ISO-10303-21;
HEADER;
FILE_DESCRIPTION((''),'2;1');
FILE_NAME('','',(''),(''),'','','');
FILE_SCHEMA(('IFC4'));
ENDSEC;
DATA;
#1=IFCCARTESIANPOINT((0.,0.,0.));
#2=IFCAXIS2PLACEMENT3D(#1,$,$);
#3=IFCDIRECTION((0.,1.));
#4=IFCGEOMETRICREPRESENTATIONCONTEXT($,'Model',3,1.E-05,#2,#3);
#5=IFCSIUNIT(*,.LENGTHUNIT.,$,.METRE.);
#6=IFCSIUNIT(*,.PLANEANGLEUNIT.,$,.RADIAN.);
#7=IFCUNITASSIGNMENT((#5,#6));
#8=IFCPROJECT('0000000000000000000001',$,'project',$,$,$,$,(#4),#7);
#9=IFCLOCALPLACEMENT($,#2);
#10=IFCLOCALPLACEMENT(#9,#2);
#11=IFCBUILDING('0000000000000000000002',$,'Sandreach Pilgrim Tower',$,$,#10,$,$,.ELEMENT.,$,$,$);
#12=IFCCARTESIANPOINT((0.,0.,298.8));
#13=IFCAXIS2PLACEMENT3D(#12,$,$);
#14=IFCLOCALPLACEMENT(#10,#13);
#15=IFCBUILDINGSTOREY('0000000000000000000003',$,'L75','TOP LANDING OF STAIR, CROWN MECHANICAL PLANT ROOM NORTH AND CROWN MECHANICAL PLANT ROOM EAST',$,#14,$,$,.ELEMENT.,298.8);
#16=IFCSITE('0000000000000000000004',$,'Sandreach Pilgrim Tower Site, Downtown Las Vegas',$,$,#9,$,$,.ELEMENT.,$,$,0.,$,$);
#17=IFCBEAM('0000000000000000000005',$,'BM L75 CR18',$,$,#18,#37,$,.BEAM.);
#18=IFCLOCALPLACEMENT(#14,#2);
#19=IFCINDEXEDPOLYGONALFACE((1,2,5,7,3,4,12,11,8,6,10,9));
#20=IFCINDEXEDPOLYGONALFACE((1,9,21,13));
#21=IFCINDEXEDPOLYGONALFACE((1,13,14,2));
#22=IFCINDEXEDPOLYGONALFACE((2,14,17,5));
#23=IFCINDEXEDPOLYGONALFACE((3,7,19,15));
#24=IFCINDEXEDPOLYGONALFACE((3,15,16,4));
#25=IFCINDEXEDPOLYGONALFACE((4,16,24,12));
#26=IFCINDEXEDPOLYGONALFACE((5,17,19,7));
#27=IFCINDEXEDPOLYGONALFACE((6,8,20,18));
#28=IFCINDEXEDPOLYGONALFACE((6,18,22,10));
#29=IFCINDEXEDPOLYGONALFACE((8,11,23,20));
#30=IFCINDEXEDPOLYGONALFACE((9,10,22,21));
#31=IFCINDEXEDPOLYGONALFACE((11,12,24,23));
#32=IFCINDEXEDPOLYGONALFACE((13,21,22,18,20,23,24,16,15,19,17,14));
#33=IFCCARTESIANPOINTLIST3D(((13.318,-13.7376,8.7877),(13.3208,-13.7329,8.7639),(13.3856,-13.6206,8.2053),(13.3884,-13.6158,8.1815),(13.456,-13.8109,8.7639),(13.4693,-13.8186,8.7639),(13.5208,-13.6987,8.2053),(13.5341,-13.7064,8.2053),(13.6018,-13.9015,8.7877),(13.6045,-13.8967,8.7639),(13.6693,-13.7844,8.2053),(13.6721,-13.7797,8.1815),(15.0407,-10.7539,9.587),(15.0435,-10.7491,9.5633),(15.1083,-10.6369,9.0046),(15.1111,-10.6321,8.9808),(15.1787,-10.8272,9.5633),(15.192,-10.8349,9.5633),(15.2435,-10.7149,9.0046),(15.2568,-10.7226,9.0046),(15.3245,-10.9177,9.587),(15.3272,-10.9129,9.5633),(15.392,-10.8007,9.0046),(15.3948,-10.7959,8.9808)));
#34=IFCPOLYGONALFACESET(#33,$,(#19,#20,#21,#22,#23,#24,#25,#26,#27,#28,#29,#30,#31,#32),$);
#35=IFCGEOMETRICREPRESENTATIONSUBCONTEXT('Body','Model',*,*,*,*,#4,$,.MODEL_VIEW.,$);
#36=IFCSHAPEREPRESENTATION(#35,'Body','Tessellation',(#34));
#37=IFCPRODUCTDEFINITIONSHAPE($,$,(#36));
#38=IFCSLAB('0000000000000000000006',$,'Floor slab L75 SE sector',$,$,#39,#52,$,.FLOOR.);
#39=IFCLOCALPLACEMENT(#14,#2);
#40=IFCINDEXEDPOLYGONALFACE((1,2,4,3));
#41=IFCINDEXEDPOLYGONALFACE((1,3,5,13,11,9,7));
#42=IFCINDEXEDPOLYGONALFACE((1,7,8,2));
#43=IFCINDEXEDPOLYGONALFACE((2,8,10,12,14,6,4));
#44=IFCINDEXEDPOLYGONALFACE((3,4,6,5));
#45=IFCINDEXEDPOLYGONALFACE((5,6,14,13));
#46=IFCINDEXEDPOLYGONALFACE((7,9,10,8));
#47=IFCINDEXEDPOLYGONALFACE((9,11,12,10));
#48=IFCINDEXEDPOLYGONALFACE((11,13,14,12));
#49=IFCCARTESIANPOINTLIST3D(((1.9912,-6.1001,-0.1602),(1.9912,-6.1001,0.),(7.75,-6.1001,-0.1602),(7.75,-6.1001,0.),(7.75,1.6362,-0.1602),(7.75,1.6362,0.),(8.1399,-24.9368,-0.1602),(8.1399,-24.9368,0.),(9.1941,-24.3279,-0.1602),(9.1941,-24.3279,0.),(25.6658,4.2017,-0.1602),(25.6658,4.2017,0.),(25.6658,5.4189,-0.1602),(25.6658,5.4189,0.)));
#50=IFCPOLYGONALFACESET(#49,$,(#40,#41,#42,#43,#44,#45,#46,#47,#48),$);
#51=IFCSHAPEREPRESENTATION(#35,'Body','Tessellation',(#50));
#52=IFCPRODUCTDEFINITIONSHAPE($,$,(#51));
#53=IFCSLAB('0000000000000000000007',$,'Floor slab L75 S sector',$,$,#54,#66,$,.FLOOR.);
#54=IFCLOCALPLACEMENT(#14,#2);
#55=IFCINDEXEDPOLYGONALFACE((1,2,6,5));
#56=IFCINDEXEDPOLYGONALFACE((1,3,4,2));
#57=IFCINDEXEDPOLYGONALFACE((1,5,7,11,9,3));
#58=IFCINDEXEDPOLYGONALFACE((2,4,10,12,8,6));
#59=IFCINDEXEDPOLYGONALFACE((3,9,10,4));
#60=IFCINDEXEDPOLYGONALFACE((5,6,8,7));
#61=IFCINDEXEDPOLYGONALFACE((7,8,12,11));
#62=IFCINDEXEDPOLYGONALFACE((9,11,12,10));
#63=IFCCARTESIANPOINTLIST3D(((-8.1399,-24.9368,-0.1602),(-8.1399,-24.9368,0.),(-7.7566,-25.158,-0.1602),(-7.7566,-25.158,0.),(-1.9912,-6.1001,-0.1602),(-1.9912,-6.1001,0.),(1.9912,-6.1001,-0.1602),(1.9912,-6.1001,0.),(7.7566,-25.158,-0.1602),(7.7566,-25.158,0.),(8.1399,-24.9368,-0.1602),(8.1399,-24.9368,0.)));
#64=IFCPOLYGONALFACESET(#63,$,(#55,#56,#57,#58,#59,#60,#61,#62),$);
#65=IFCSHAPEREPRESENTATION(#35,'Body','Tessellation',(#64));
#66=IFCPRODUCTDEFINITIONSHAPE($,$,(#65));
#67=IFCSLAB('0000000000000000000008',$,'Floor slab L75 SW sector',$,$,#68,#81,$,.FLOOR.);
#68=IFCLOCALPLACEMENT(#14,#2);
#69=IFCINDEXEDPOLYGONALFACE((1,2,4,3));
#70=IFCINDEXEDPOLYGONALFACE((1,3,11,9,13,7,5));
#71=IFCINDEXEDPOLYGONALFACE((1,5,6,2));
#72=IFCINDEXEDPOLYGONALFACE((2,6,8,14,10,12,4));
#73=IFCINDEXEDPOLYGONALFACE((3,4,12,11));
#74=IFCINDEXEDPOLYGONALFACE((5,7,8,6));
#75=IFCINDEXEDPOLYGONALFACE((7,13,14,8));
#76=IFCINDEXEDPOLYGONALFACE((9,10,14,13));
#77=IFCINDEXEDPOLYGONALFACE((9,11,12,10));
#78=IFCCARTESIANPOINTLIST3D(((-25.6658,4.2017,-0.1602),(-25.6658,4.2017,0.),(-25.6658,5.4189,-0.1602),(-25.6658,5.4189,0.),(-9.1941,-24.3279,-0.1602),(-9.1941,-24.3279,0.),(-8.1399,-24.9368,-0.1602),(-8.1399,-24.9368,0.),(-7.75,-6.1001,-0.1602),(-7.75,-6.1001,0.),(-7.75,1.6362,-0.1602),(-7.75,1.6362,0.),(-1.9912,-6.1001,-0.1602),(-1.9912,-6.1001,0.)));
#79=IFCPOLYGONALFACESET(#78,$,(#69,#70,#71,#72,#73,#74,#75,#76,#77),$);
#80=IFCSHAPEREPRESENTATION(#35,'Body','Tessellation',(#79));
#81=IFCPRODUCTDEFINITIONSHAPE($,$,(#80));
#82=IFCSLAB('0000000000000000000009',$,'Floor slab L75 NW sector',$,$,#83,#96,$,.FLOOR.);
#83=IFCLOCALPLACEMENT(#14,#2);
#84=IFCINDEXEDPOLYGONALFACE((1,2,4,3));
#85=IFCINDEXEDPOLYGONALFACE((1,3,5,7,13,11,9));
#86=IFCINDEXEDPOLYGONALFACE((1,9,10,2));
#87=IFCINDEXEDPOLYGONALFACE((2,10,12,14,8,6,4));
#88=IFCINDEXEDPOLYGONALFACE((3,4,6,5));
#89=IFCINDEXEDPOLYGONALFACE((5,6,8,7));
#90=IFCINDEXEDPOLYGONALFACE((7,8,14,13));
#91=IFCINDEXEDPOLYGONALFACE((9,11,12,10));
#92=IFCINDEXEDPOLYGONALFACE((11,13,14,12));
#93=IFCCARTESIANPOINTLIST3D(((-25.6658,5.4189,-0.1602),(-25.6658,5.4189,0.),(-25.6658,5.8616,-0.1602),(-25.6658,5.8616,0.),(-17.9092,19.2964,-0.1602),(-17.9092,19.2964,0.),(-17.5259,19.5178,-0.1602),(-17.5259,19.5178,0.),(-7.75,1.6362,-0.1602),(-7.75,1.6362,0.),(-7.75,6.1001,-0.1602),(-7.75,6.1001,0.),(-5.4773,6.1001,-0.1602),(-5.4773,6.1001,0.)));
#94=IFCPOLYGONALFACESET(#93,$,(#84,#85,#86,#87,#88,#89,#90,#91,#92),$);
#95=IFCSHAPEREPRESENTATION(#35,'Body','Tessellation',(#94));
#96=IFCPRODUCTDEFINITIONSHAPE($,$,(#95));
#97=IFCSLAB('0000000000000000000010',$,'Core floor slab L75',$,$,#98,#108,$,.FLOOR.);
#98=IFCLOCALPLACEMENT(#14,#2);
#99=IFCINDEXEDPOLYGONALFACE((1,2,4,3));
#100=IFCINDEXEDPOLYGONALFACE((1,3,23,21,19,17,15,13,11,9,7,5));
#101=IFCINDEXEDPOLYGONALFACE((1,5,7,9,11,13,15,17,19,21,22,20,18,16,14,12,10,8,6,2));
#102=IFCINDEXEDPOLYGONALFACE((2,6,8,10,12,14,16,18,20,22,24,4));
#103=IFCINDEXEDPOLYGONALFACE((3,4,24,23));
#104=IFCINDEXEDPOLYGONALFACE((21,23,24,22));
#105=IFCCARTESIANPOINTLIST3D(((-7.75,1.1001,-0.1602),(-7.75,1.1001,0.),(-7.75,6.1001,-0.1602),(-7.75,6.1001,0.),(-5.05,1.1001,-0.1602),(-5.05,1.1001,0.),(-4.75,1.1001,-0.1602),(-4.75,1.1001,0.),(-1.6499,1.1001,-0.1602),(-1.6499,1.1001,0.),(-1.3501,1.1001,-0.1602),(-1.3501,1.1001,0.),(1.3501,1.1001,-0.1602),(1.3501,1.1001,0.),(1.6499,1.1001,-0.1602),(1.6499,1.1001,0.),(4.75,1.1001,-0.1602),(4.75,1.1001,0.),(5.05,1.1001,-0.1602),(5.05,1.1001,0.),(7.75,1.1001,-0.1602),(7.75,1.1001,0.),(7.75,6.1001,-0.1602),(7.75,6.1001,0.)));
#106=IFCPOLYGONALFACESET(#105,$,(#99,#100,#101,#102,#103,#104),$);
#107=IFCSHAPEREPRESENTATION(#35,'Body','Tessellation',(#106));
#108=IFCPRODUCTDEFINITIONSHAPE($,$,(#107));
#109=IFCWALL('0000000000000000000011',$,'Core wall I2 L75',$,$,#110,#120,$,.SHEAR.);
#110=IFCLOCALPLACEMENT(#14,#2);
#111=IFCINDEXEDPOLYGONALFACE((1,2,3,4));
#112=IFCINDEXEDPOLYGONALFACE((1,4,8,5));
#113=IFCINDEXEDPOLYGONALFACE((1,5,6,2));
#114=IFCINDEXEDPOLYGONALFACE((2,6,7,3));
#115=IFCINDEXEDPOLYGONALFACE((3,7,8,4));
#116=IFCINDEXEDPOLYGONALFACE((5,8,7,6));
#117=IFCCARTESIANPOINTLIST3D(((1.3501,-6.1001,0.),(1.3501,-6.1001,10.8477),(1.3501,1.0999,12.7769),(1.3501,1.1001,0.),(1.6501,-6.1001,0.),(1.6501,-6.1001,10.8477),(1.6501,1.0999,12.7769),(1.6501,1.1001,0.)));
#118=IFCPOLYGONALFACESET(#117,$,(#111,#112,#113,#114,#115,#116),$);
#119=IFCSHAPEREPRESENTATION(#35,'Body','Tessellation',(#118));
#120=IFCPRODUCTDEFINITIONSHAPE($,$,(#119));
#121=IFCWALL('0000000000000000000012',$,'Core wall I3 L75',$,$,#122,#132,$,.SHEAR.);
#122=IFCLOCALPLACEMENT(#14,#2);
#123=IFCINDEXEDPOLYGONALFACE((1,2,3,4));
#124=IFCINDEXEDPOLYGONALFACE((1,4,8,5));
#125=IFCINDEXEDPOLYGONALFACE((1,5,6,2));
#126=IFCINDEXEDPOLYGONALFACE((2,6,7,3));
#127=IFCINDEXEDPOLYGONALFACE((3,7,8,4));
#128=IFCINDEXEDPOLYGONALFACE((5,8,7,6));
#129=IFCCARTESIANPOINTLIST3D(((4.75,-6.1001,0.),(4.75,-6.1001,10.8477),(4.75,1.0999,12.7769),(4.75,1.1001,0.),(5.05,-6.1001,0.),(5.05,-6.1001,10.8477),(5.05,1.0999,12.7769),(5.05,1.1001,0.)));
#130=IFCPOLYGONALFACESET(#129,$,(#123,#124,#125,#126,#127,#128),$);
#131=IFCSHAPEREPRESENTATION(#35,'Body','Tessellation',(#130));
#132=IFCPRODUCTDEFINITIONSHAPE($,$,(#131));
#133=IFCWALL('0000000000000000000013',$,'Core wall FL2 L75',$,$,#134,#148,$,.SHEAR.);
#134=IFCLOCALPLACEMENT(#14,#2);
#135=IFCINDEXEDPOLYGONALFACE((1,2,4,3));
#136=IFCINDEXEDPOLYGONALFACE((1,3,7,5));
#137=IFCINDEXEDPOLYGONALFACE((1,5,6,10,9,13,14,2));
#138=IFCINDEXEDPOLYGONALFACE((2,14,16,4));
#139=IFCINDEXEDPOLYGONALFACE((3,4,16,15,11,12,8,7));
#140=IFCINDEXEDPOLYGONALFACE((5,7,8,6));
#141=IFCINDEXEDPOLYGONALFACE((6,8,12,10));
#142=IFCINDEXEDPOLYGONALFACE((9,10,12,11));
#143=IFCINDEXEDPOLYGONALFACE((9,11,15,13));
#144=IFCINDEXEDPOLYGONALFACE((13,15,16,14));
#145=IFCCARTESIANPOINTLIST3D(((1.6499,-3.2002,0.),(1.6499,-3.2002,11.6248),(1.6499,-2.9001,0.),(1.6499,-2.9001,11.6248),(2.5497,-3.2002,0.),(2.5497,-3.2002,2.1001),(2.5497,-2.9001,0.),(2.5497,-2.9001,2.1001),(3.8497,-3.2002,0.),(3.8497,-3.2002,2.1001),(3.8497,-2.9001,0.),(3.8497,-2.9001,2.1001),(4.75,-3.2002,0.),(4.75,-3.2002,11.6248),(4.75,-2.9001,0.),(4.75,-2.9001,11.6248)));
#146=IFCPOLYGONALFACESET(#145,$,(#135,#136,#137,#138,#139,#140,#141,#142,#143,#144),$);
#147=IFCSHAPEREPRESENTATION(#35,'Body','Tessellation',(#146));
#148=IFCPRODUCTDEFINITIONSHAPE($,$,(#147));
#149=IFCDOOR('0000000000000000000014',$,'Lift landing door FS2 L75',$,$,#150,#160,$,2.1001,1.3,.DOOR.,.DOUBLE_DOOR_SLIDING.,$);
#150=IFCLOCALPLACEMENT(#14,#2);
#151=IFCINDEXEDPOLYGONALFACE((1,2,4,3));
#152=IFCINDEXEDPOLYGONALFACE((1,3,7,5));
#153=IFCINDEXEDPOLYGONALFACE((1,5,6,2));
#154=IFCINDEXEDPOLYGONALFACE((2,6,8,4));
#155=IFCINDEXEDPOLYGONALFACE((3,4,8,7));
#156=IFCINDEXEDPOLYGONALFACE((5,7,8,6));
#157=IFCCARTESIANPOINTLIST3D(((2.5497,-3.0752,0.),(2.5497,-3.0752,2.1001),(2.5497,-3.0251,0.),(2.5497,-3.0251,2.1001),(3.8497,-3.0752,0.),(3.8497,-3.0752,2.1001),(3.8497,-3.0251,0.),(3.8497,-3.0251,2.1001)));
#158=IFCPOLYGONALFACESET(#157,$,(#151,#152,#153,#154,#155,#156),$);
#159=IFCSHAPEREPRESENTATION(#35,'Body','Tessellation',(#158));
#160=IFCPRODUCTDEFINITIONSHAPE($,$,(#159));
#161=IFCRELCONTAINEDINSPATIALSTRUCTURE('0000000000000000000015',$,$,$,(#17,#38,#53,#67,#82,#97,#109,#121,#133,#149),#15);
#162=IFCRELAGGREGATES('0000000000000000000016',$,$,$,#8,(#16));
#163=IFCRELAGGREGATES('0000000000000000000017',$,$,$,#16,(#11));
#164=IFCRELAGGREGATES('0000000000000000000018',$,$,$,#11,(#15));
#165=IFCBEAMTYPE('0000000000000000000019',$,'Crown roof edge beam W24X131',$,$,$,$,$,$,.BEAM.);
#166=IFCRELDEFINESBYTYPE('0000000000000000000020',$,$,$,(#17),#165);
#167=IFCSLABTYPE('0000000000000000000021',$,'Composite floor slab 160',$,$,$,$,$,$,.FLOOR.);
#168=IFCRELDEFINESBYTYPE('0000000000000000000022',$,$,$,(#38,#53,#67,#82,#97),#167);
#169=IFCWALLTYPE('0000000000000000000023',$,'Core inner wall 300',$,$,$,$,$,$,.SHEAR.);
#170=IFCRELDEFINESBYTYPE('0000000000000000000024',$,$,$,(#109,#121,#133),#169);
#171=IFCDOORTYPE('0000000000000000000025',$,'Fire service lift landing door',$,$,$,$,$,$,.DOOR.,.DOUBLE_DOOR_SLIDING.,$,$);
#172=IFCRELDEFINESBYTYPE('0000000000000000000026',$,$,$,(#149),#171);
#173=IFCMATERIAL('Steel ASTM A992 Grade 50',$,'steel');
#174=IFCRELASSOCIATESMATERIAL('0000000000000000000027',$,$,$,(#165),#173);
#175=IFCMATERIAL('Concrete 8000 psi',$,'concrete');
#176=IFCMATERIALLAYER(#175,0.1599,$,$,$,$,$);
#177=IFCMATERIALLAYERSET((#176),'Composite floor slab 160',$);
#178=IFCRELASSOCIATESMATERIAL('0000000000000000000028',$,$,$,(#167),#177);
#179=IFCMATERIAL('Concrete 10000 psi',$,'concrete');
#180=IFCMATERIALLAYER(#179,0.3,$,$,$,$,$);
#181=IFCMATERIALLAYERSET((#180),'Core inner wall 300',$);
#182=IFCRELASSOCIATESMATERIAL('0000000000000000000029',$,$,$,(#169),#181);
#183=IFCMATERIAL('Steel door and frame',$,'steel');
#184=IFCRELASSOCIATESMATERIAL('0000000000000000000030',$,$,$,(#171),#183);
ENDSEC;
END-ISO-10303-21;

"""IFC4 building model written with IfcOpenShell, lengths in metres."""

from ifc_helpers import new_model, si_unit, direction, frame, frame_2d, origin, origin_2d, place, context, subcontext, project, spatial, polyline, rectangle, i_section, outline, extrude, material, layer, layer_set, material_profile, profile_set, type_object, element, fill, save


model = new_model("IFC4")

# Units and contexts
model_context = context("Model", 3, precision=1e-05, world=origin(), true_north=direction((0.0, 1.0)))
body_context = subcontext(model_context, "Body", "Model", "MODEL_VIEW")
ifc_project = project(units=[si_unit("LENGTHUNIT", "METRE"), si_unit("PLANEANGLEUNIT", "RADIAN")], contexts=[model_context])

# Site, building, storey
site_placement = place(None, origin())
site = spatial("IfcSite", under=ifc_project, at=site_placement, Name="Sandreach Pilgrim Tower Site, Downtown Las Vegas", CompositionType="ELEMENT", RefElevation=0.0)
building_placement = place(site_placement, origin())
building = spatial("IfcBuilding", under=site, at=building_placement, Name="Sandreach Pilgrim Tower", CompositionType="ELEMENT")
storey_placement = place(building_placement, frame((0.0, 0.0, 298.8)))
storey = spatial("IfcBuildingStorey", under=building, at=storey_placement, Name="L75", Description="TOP LANDING OF STAIR, CROWN MECHANICAL PLANT ROOM NORTH AND CROWN MECHANICAL PLANT ROOM EAST", CompositionType="ELEMENT", Elevation=298.8)

# Beam
ifc_material_1 = material(Name="Steel ASTM A992 Grade 50", Category="steel")
ifc_material_profile_1 = material_profile(ifc_material_1, i_section(OverallWidth=0.3276, OverallDepth=0.6223, WebThickness=0.0154, FlangeThickness=0.0244, at=origin_2d()), Name="W24X131")
ifc_profile_set_1 = profile_set([ifc_material_profile_1], Name="Steel ASTM A992 Grade 50")
beam_type_1 = type_object("IfcBeamType", Name="Crown roof edge beam W24X131", PredefinedType="BEAM", material=ifc_profile_set_1)
beam_1_placement = place(storey_placement, frame((15.2178, -10.7749, 9.2839), z_axis=(-0.487074, -0.843612, -0.226003), x_axis=(0.866019, -0.500011, 0.0)))
element("IfcBeam", 1, at=beam_1_placement, inside=storey, type_object=beam_type_1, Name="BM L75 CR18", PredefinedType="BEAM", context=body_context, shape_type="SweptSolid", body=[
    extrude(i_section(OverallWidth=0.3276, OverallDepth=0.6223, WebThickness=0.0154, FlangeThickness=0.0244, at=origin_2d()), origin(), (0.0, 0.0, 1.0), 3.5369),
])

# Slabs
ifc_material_2 = material(Name="Concrete 8000 psi", Category="concrete")
ifc_layer_1 = layer(ifc_material_2, 0.1599)
ifc_layer_set_1 = layer_set([ifc_layer_1], Name="Composite floor slab 160")
slab_type = type_object("IfcSlabType", Name="Composite floor slab 160", PredefinedType="FLOOR", material=ifc_layer_set_1)
slab_1_placement = place(storey_placement, frame((0.0, 0.0, -0.1602)))
element("IfcSlab", 2, at=slab_1_placement, inside=storey, type_object=slab_type, Name="Floor slab L75 SE sector", PredefinedType="FLOOR", context=body_context, shape_type="SweptSolid", body=[
    extrude(outline(polyline([(25.6658, 4.2017), (9.1941, -24.3279), (8.1399, -24.9368), (1.9912, -6.1001), (7.75, -6.1001), (7.75, 1.6362), (25.6658, 5.4189), (25.6658, 4.2017)])), origin(), (0.0, 0.0, 1.0), 0.1602),
])
slab_2_placement = place(storey_placement, frame((0.0, 0.0, -0.1602)))
element("IfcSlab", 3, at=slab_2_placement, inside=storey, type_object=slab_type, Name="Floor slab L75 S sector", PredefinedType="FLOOR", context=body_context, shape_type="SweptSolid", body=[
    extrude(outline(polyline([(7.7566, -25.158), (-7.7566, -25.158), (-8.1399, -24.9368), (-1.9912, -6.1001), (1.9912, -6.1001), (8.1399, -24.9368), (7.7566, -25.158)])), origin(), (0.0, 0.0, 1.0), 0.1602),
])
slab_3_placement = place(storey_placement, frame((0.0, 0.0, -0.1602)))
element("IfcSlab", 4, at=slab_3_placement, inside=storey, type_object=slab_type, Name="Floor slab L75 SW sector", PredefinedType="FLOOR", context=body_context, shape_type="SweptSolid", body=[
    extrude(outline(polyline([(-9.1941, -24.3279), (-25.6658, 4.2017), (-25.6658, 5.4189), (-7.75, 1.6362), (-7.75, -6.1001), (-1.9912, -6.1001), (-8.1399, -24.9368), (-9.1941, -24.3279)])), origin(), (0.0, 0.0, 1.0), 0.1602),
])
slab_4_placement = place(storey_placement, frame((0.0, 0.0, -0.1602)))
element("IfcSlab", 5, at=slab_4_placement, inside=storey, type_object=slab_type, Name="Floor slab L75 NW sector", PredefinedType="FLOOR", context=body_context, shape_type="SweptSolid", body=[
    extrude(outline(polyline([(-25.6658, 5.8616), (-17.9092, 19.2964), (-17.5259, 19.5178), (-5.4773, 6.1001), (-7.75, 6.1001), (-7.75, 1.6362), (-25.6658, 5.4189), (-25.6658, 5.8616)])), origin(), (0.0, 0.0, 1.0), 0.1602),
])
slab_5_placement = place(storey_placement, frame((0.0, 0.0, -0.1602)))
element("IfcSlab", 6, at=slab_5_placement, inside=storey, type_object=slab_type, Name="Core floor slab L75", PredefinedType="FLOOR", context=body_context, shape_type="SweptSolid", body=[
    extrude(outline(polyline([(-1.6499, 1.1001), (-4.75, 1.1001), (-5.05, 1.1001), (-7.75, 1.1001), (-7.75, 6.1001), (7.75, 6.1001), (7.75, 1.1001), (5.05, 1.1001), (4.75, 1.1001), (1.6499, 1.1001), (1.3501, 1.1001), (-1.3501, 1.1001), (-1.6499, 1.1001)])), origin(), (0.0, 0.0, 1.0), 0.1602),
])

# Walls
ifc_material_3 = material(Name="Concrete 10000 psi", Category="concrete")
ifc_layer_2 = layer(ifc_material_3, 0.3)
ifc_layer_set_2 = layer_set([ifc_layer_2], Name="Core inner wall 300")
wall_type_1 = type_object("IfcWallType", Name="Core inner wall 300", PredefinedType="SHEAR", material=ifc_layer_set_2)
for number, where, z_axis, x_axis, name in (
    (7, (1.5, -6.1001, 0.0), (0.0, 0.0, 1.0), (0.0, 1.0, 0.0), "Core wall I2 L75"),
    (8, (4.8999, -6.1001, 0.0), (0.0, 0.0, 1.0), (0.0, 1.0, 0.0), "Core wall I3 L75"),
):
    element("IfcWall", number, at=place(storey_placement, frame(where, z_axis=z_axis, x_axis=x_axis)), inside=storey, type_object=wall_type_1, Name=name, PredefinedType="SHEAR", context=body_context, shape_type="SweptSolid", body=[
        extrude(outline(polyline([(0.0, 0.0), (7.2002, 0.0), (7.2, 12.7769), (0.0, 10.8477), (0.0, 0.0)])), frame((0.0, 0.1499, 0.0), z_axis=(0.0, -1.0, 0.0), x_axis=(1.0, 0.0, 0.0)), (0.0, 0.0, 1.0), 0.3),
    ])

# Wall, opening, door
wall_1_placement = place(storey_placement, frame((1.6499, -3.05, 0.0), z_axis=(0.0, 0.0, 1.0), x_axis=(1.0, 0.0, 0.0)))
wall_1 = element("IfcWall", 9, at=wall_1_placement, inside=storey, type_object=wall_type_1, Name="Core wall FL2 L75", PredefinedType="SHEAR", context=body_context, shape_type="SweptSolid", body=[
    extrude(outline(polyline([(0.0, 0.0), (3.1001, 0.0), (3.1001, 11.6248), (0.0, 11.6248), (0.0, 0.0)])), frame((0.0, 0.1499, 0.0), z_axis=(0.0, -1.0, 0.0), x_axis=(1.0, 0.0, 0.0)), (0.0, 0.0, 1.0), 0.3),
])
opening_1_placement = place(wall_1_placement, frame((0.8999, 0.0, 0.0)))
opening_1 = element("IfcOpeningElement", 10, at=opening_1_placement, cuts=wall_1, PredefinedType="OPENING", context=body_context, shape_type="SweptSolid", body=[
    extrude(rectangle(XDim=1.3, YDim=2.1001, at=frame_2d((0.6499, 1.05))), frame((0.0, 0.1499, 0.0), z_axis=(0.0, -1.0, 0.0), x_axis=(1.0, 0.0, 0.0)), (0.0, 0.0, 1.0), 0.3),
])
ifc_material_4 = material(Name="Steel door and frame", Category="steel")
door_type_1 = type_object("IfcDoorType", Name="Fire service lift landing door", OperationType="DOUBLE_DOOR_SLIDING", PredefinedType="DOOR", material=ifc_material_4)
door_1_placement = place(opening_1_placement, origin())
door_1 = element("IfcDoor", 11, at=door_1_placement, inside=storey, type_object=door_type_1, Name="Lift landing door FS2 L75", OperationType="DOUBLE_DOOR_SLIDING", OverallHeight=2.1001, OverallWidth=1.3, PredefinedType="DOOR", context=body_context, shape_type="SweptSolid", body=[
    extrude(rectangle(XDim=1.3, YDim=2.1001, at=frame_2d((0.6499, 1.05))), frame((0.0, 0.0249, 0.0), z_axis=(0.0, -1.0, 0.0), x_axis=(1.0, 0.0, 0.0)), (0.0, 0.0, 1.0), 0.05),
])
fill(opening_1, door_1)

save(model, "model.ifc")
